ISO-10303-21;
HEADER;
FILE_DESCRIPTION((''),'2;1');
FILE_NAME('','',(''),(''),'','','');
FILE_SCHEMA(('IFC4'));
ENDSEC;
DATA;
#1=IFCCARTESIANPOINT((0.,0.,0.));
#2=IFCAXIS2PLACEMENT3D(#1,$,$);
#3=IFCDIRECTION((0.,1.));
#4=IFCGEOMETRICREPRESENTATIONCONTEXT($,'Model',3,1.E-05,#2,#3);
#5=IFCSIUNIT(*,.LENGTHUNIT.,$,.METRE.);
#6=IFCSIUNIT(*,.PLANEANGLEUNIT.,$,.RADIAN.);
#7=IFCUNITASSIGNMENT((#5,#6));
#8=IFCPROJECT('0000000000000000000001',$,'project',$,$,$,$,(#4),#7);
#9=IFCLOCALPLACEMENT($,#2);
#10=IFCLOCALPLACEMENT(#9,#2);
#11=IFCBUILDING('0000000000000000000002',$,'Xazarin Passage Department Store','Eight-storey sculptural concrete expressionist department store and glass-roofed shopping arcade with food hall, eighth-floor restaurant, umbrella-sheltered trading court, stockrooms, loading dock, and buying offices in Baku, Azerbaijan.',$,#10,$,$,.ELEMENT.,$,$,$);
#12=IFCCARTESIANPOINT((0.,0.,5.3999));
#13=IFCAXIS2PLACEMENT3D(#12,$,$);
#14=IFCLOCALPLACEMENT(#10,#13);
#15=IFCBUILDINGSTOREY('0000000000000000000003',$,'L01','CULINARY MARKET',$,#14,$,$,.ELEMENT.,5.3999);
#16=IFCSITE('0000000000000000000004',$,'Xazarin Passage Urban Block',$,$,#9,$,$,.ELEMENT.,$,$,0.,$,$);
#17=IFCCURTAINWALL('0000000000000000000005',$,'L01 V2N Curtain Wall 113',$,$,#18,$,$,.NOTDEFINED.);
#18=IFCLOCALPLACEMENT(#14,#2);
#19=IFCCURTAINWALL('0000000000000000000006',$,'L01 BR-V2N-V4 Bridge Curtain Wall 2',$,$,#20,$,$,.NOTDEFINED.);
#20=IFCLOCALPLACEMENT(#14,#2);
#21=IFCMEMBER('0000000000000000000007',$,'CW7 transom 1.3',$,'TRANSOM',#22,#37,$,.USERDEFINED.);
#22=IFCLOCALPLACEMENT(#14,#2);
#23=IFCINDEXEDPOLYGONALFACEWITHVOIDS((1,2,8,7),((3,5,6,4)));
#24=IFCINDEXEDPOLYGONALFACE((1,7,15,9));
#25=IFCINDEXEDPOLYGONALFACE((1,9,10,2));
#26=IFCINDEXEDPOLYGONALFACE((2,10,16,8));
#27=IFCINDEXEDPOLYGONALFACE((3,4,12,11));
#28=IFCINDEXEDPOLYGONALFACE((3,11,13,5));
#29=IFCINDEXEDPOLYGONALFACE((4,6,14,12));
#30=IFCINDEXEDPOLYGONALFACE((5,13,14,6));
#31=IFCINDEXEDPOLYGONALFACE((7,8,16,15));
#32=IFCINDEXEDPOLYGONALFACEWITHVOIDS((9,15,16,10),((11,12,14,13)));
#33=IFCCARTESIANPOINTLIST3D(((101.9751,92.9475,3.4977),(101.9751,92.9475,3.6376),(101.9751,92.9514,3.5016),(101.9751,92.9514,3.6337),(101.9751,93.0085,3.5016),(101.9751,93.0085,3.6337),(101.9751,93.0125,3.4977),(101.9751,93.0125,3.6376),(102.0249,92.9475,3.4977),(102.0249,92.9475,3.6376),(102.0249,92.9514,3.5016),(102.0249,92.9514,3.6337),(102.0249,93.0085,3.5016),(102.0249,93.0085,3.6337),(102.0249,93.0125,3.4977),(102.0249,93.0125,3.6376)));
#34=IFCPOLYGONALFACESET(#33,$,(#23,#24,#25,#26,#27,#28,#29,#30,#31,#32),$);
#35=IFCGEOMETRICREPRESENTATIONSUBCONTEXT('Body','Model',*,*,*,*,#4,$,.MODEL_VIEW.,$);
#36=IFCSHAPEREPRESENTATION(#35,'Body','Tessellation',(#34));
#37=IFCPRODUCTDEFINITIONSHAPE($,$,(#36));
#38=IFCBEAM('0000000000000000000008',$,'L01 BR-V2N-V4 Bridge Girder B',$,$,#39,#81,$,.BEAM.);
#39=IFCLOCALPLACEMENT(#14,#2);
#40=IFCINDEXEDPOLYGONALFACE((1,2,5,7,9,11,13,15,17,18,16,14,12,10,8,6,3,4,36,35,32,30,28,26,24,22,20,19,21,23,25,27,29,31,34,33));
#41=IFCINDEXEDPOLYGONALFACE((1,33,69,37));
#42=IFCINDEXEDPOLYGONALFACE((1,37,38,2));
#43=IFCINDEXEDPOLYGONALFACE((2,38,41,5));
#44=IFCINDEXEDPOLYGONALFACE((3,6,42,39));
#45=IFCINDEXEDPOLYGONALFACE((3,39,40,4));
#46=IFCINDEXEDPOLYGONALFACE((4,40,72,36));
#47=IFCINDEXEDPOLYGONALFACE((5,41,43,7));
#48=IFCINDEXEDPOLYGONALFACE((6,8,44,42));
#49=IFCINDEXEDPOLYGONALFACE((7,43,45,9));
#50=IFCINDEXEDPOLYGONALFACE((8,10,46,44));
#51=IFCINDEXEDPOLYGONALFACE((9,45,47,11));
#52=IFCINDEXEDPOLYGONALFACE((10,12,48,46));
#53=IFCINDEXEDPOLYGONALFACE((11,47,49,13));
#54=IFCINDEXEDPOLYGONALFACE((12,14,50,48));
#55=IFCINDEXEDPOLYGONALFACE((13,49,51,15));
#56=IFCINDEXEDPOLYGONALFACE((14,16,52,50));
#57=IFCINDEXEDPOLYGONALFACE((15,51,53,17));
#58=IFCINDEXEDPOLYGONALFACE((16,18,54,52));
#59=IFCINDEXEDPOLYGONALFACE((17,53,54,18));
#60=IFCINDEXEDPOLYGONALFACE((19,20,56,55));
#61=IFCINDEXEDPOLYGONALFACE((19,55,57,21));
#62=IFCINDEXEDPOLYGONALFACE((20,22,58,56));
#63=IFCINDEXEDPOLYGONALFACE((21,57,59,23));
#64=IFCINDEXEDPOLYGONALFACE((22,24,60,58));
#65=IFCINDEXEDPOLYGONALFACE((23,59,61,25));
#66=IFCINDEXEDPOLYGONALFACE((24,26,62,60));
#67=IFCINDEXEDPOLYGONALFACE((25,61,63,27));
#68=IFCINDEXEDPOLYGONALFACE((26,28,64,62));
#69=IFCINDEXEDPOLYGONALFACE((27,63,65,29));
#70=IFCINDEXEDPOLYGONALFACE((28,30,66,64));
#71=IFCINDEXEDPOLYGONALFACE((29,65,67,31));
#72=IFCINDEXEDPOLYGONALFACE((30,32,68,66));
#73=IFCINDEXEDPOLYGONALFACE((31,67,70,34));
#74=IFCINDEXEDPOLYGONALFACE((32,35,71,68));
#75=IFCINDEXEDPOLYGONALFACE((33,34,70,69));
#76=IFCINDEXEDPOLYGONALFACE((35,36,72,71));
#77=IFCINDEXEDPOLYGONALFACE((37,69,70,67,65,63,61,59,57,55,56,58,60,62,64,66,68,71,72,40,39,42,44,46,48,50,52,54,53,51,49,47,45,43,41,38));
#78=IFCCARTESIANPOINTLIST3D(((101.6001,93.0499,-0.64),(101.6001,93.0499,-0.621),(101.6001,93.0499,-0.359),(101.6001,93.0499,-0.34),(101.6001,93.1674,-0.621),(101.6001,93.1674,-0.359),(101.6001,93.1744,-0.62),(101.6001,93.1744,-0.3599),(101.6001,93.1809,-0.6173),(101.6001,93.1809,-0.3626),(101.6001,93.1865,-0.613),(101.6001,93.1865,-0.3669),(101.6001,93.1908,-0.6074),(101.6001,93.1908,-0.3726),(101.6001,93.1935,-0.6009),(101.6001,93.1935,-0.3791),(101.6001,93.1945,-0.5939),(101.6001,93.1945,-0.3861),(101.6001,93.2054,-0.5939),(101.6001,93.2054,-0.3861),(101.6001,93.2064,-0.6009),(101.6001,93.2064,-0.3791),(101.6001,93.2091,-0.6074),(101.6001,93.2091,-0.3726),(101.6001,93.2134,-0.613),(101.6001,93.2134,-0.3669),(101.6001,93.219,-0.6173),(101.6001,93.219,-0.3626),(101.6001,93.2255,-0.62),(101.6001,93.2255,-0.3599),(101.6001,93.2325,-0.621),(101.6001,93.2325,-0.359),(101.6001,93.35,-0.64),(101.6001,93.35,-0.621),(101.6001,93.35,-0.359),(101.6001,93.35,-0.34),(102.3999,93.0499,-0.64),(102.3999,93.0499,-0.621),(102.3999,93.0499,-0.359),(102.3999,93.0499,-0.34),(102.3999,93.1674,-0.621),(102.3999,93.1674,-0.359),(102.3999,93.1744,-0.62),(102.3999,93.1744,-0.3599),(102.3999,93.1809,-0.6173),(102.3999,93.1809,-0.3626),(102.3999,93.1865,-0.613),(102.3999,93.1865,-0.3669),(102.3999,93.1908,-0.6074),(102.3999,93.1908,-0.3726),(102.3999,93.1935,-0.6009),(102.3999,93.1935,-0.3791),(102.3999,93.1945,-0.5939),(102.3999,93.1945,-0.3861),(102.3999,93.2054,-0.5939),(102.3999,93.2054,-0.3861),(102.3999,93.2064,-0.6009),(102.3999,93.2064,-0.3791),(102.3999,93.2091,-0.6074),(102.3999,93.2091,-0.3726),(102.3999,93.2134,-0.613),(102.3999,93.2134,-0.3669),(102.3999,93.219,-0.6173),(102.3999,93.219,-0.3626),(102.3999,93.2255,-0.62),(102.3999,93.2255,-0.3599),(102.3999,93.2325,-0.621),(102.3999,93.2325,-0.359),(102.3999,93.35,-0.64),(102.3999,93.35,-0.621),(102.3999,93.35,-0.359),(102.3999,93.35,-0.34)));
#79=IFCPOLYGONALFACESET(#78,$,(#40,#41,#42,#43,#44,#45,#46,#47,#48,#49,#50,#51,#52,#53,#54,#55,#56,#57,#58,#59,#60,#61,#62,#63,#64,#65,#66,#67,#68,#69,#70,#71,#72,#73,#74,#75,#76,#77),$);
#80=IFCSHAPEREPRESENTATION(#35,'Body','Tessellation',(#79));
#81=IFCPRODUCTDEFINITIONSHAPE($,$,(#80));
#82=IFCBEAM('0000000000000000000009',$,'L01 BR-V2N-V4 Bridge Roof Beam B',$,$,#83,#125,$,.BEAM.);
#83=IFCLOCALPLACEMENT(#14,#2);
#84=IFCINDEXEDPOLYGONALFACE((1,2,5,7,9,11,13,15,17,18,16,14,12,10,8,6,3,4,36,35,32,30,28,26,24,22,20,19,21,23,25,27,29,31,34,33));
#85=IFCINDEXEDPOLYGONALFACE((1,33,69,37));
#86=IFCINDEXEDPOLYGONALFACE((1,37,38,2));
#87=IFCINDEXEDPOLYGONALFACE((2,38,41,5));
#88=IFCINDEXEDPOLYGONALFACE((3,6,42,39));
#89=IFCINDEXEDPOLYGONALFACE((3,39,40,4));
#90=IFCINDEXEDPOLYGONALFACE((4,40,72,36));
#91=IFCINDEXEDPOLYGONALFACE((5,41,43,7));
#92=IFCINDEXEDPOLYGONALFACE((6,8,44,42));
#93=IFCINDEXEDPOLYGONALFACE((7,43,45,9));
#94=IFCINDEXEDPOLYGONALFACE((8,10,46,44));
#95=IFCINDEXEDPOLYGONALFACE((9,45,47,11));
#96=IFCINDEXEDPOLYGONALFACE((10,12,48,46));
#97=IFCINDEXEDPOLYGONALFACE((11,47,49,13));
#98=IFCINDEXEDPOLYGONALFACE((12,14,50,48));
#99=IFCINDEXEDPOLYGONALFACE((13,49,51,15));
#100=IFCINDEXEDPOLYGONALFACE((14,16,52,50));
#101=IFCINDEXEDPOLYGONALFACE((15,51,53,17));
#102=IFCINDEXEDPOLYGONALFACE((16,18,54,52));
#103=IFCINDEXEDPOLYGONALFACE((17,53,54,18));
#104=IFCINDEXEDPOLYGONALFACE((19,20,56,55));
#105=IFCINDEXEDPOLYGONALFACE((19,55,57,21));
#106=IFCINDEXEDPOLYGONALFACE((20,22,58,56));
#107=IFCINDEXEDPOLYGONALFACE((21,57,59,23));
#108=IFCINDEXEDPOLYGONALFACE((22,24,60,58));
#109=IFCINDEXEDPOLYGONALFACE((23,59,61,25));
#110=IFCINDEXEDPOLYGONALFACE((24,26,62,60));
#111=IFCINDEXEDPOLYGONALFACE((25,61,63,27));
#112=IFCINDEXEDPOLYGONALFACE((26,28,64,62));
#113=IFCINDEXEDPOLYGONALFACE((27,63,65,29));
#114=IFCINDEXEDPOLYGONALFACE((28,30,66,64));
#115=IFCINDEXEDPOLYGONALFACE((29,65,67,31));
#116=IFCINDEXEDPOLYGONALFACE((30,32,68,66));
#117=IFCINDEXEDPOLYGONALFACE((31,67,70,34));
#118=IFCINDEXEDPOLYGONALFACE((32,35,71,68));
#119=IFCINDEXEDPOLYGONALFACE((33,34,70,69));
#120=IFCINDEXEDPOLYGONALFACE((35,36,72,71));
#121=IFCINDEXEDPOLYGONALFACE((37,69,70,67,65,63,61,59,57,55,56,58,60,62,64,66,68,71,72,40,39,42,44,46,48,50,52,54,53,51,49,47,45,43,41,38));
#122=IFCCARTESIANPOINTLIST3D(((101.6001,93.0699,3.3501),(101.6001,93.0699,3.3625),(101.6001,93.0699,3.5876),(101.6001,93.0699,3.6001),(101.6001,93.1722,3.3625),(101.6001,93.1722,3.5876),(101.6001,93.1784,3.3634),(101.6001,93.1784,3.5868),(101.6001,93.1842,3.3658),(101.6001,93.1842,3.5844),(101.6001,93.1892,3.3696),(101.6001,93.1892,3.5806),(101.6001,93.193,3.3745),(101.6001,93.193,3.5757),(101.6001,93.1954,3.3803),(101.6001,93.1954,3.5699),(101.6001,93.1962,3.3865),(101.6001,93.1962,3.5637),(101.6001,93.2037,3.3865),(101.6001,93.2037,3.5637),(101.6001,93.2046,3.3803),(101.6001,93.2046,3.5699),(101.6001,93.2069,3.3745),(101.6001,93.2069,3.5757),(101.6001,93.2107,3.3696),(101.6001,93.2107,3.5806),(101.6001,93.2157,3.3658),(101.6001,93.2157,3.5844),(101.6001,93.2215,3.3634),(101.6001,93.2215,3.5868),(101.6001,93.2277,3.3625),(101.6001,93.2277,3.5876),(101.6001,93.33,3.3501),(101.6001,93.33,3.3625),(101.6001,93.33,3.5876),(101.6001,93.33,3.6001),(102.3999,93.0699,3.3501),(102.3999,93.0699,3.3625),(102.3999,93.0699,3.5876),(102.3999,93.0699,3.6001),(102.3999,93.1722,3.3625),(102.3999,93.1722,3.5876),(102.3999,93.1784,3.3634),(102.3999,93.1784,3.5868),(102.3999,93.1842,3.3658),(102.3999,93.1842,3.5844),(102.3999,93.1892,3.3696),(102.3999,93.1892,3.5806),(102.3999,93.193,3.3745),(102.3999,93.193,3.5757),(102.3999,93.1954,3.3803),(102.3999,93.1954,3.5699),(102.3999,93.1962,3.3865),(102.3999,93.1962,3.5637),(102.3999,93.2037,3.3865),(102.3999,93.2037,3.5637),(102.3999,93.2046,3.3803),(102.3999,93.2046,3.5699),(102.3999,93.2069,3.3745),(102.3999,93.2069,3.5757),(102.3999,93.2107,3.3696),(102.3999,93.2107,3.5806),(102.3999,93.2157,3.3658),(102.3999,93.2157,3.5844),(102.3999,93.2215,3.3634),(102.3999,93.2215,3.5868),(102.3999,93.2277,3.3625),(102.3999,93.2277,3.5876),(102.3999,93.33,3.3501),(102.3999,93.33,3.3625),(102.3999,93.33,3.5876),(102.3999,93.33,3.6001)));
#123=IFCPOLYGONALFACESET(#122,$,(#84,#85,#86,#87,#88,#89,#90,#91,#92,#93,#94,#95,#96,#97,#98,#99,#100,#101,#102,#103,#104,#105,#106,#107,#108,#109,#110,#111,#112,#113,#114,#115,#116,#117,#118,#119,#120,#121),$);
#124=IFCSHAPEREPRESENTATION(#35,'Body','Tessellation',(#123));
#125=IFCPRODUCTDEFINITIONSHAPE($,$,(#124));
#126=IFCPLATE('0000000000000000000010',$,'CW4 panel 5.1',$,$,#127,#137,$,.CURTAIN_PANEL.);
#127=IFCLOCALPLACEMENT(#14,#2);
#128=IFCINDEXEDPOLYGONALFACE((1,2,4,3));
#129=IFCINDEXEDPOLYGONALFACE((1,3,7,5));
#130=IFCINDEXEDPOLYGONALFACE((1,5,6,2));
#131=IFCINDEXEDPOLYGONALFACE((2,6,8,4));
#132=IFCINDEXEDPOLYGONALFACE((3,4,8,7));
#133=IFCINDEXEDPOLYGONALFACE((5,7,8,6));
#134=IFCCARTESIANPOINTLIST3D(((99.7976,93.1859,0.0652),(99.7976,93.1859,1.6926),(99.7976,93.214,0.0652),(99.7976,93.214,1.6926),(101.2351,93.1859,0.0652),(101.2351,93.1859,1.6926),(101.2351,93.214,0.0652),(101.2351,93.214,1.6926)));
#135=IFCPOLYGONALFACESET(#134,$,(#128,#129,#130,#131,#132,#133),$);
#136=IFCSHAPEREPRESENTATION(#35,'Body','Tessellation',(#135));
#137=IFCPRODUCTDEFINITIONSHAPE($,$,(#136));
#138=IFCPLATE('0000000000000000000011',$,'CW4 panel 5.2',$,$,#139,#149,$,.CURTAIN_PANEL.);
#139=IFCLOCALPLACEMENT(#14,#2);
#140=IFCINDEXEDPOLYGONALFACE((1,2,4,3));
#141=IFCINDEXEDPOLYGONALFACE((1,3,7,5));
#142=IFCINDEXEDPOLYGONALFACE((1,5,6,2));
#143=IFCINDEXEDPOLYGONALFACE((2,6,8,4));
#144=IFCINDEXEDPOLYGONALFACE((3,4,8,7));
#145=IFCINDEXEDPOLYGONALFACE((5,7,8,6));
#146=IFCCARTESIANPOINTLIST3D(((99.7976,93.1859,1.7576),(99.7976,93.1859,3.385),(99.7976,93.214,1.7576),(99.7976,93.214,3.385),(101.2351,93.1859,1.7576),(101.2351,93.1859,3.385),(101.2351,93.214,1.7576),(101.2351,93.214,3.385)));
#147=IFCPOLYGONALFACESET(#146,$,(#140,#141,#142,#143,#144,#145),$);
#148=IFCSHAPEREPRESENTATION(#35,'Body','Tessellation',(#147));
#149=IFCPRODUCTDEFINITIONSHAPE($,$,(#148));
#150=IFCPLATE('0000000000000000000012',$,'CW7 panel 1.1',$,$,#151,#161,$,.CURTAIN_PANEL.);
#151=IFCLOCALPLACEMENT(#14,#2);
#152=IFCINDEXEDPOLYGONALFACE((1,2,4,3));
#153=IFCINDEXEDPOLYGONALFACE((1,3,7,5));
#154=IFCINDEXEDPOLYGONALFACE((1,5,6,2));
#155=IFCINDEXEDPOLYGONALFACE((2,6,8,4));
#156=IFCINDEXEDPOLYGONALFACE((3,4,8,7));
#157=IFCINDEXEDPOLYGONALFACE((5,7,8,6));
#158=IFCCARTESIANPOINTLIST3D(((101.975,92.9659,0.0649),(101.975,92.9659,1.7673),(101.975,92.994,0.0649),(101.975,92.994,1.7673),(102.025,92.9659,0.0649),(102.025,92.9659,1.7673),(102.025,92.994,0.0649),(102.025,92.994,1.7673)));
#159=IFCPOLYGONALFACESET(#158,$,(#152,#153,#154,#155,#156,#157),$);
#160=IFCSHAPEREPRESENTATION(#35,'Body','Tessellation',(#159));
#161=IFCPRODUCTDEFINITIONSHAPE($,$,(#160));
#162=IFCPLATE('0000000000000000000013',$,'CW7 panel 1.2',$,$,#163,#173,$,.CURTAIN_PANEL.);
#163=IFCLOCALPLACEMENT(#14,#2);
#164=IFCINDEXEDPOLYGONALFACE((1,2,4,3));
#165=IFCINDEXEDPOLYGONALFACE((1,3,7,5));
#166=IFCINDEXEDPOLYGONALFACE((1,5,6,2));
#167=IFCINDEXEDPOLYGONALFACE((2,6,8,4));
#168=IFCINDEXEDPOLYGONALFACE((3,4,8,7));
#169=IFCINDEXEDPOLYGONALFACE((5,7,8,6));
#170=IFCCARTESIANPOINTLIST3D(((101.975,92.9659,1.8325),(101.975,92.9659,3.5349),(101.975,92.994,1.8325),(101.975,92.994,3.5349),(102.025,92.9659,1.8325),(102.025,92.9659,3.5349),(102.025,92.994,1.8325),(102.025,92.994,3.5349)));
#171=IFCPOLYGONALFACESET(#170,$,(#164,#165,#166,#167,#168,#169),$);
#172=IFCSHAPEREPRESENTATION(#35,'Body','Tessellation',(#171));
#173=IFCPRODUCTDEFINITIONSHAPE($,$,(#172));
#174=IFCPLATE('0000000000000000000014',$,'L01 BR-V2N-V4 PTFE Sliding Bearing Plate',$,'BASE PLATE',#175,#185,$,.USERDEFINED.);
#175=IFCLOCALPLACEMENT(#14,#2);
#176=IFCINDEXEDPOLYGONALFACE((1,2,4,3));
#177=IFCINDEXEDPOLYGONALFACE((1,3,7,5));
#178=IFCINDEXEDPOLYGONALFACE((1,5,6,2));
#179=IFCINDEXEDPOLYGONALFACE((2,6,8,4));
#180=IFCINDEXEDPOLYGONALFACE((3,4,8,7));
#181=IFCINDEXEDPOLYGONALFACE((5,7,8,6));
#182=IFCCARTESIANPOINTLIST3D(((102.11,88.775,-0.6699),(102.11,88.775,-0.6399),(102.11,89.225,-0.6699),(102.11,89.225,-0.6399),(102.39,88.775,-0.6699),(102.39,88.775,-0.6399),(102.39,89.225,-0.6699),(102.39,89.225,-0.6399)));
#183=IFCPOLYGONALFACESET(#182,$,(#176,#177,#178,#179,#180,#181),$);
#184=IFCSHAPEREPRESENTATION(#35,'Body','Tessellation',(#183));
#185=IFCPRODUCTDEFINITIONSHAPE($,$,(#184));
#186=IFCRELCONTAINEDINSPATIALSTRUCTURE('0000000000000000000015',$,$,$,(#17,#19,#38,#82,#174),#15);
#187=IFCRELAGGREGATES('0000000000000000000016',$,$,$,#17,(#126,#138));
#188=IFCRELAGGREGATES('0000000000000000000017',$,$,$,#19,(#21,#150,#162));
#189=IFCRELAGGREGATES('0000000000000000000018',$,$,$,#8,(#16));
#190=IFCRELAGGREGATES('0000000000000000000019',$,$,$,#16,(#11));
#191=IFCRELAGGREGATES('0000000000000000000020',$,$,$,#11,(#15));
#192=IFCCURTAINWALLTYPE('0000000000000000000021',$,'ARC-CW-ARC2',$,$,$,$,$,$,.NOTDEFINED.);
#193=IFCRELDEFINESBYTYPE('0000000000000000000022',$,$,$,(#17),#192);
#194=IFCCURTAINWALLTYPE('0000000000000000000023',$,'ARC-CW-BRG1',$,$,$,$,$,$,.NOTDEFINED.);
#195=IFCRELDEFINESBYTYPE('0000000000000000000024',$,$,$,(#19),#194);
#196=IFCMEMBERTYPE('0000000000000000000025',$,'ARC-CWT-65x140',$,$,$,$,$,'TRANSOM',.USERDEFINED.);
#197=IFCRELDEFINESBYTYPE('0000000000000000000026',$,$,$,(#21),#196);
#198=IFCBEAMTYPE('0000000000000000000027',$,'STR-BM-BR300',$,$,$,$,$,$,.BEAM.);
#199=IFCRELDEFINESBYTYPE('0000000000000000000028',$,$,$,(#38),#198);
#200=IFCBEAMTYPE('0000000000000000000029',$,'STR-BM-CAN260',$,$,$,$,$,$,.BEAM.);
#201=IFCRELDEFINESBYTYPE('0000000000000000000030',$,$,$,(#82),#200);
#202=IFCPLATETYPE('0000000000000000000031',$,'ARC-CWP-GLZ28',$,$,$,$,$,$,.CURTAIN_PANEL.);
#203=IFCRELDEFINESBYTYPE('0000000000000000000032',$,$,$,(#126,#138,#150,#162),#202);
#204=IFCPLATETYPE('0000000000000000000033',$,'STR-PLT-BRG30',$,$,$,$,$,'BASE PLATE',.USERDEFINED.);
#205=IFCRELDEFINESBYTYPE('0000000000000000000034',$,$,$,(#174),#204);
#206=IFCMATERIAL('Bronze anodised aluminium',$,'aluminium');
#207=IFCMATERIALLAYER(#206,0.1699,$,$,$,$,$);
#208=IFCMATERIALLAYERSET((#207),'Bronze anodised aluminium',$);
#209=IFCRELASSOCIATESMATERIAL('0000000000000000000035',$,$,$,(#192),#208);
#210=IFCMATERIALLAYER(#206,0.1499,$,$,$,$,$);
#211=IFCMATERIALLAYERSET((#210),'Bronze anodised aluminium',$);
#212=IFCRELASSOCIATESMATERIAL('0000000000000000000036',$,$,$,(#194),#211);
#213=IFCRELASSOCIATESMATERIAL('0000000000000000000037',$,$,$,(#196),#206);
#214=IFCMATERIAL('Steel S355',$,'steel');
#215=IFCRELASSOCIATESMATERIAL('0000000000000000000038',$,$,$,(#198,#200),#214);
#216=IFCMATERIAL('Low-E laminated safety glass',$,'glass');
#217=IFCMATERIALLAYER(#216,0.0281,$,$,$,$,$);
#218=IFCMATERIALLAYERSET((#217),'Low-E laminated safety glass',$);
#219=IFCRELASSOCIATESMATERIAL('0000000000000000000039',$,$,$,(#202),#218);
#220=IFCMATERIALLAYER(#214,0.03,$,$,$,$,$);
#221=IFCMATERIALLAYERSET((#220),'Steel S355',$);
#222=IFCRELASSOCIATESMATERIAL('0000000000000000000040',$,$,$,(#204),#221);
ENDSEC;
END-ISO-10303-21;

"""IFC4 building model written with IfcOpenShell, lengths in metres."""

from ifc_helpers import new_model, si_unit, direction, frame, origin, origin_2d, place, context, subcontext, project, spatial, rectangle, hollow_rectangle, i_section, extrude, material, layer, layer_set, material_profile, profile_set, type_object, element, aggregate, save


model = new_model("IFC4")

# Units and contexts
model_context = context("Model", 3, precision=1e-05, world=origin(), true_north=direction((0.0, 1.0)))
body_context = subcontext(model_context, "Body", "Model", "MODEL_VIEW")
ifc_project = project(units=[si_unit("LENGTHUNIT", "METRE"), si_unit("PLANEANGLEUNIT", "RADIAN")], contexts=[model_context])

# Site, building, storey
site_placement = place(None, origin())
site = spatial("IfcSite", under=ifc_project, at=site_placement, Name="Xazarin Passage Urban Block", CompositionType="ELEMENT", RefElevation=0.0)
building_placement = place(site_placement, origin())
building = spatial("IfcBuilding", under=site, at=building_placement, Name="Xazarin Passage Department Store", Description="Eight-storey sculptural concrete expressionist department store and glass-roofed shopping arcade with food hall, eighth-floor restaurant, umbrella-sheltered trading court, stockrooms, loading dock, and buying offices in Baku, Azerbaijan.", CompositionType="ELEMENT")
storey_placement = place(building_placement, frame((0.0, 0.0, 5.3999)))
storey = spatial("IfcBuildingStorey", under=building, at=storey_placement, Name="L01", Description="CULINARY MARKET", CompositionType="ELEMENT", Elevation=5.3999)

# Curtain walls
ifc_material_1 = material(Name="Bronze anodised aluminium", Category="aluminium")
ifc_layer_1 = layer(ifc_material_1, 0.1699)
ifc_layer_set_1 = layer_set([ifc_layer_1], Name="Bronze anodised aluminium")
curtain_wall_type_1 = type_object("IfcCurtainWallType", Name="ARC-CW-ARC2", PredefinedType="NOTDEFINED", material=ifc_layer_set_1)
curtain_wall_1_placement = place(storey_placement, origin())
curtain_wall_1 = element("IfcCurtainWall", 1, at=curtain_wall_1_placement, inside=storey, type_object=curtain_wall_type_1, Name="L01 V2N Curtain Wall 113", PredefinedType="NOTDEFINED")
ifc_layer_2 = layer(ifc_material_1, 0.1499)
ifc_layer_set_2 = layer_set([ifc_layer_2], Name="Bronze anodised aluminium")
curtain_wall_type_2 = type_object("IfcCurtainWallType", Name="ARC-CW-BRG1", PredefinedType="NOTDEFINED", material=ifc_layer_set_2)
curtain_wall_2_placement = place(storey_placement, origin())
curtain_wall_2 = element("IfcCurtainWall", 2, at=curtain_wall_2_placement, inside=storey, type_object=curtain_wall_type_2, Name="L01 BR-V2N-V4 Bridge Curtain Wall 2", PredefinedType="NOTDEFINED")

# Member
ifc_material_profile_1 = material_profile(ifc_material_1, hollow_rectangle(XDim=0.0649, YDim=0.1399, WallThickness=0.0039, at=origin_2d()), Name="ALU 65x140")
ifc_profile_set_1 = profile_set([ifc_material_profile_1], Name="Bronze anodised aluminium")
member_type_1 = type_object("IfcMemberType", Name="ARC-CWT-65x140", ElementType="TRANSOM", PredefinedType="USERDEFINED", material=ifc_profile_set_1)
member_1_placement = place(storey_placement, frame((101.9751, 92.98, 3.5676), z_axis=(1.0, 0.0, 0.0), x_axis=(0.0, 1.0, 0.0)))
member_1 = element("IfcMember", 3, at=member_1_placement, type_object=member_type_1, Name="CW7 transom 1.3", ObjectType="TRANSOM", PredefinedType="USERDEFINED", context=body_context, shape_type="SweptSolid", body=[
    extrude(hollow_rectangle(XDim=0.0649, YDim=0.1399, WallThickness=0.0039, at=origin_2d()), origin(), (0.0, 0.0, 1.0), 0.0498),
])

# Beams
ifc_material_2 = material(Name="Steel S355", Category="steel")
ifc_material_profile_2 = material_profile(ifc_material_2, i_section(OverallWidth=0.3, OverallDepth=0.3, WebThickness=0.011, FlangeThickness=0.019, FilletRadius=0.0271, at=origin_2d()), Name="HEB 300")
ifc_profile_set_2 = profile_set([ifc_material_profile_2], Name="Steel S355")
beam_type_1 = type_object("IfcBeamType", Name="STR-BM-BR300", PredefinedType="BEAM", material=ifc_profile_set_2)
beam_1_placement = place(storey_placement, frame((101.6001, 93.2, -0.49), z_axis=(1.0, 0.0, 0.0), x_axis=(0.0, 1.0, 0.0)))
element("IfcBeam", 4, at=beam_1_placement, inside=storey, type_object=beam_type_1, Name="L01 BR-V2N-V4 Bridge Girder B", PredefinedType="BEAM", context=body_context, shape_type="SweptSolid", body=[
    extrude(i_section(OverallWidth=0.3, OverallDepth=0.3, WebThickness=0.011, FlangeThickness=0.019, FilletRadius=0.0271, at=origin_2d()), origin(), (0.0, 0.0, 1.0), 0.7998),
])
ifc_material_profile_3 = material_profile(ifc_material_2, i_section(OverallWidth=0.26, OverallDepth=0.25, WebThickness=0.0076, FlangeThickness=0.0125, FilletRadius=0.0239, at=origin_2d()), Name="HEA 260")
ifc_profile_set_3 = profile_set([ifc_material_profile_3], Name="Steel S355")
beam_type_2 = type_object("IfcBeamType", Name="STR-BM-CAN260", PredefinedType="BEAM", material=ifc_profile_set_3)
beam_2_placement = place(storey_placement, frame((101.6001, 93.2, 3.4751), z_axis=(1.0, 0.0, 0.0), x_axis=(0.0, 1.0, 0.0)))
element("IfcBeam", 5, at=beam_2_placement, inside=storey, type_object=beam_type_2, Name="L01 BR-V2N-V4 Bridge Roof Beam B", PredefinedType="BEAM", context=body_context, shape_type="SweptSolid", body=[
    extrude(i_section(OverallWidth=0.26, OverallDepth=0.25, WebThickness=0.0076, FlangeThickness=0.0125, FilletRadius=0.0239, at=origin_2d()), origin(), (0.0, 0.0, 1.0), 0.7998),
])

# Plates
ifc_material_3 = material(Name="Low-E laminated safety glass", Category="glass")
ifc_layer_3 = layer(ifc_material_3, 0.0281)
ifc_layer_set_3 = layer_set([ifc_layer_3], Name="Low-E laminated safety glass")
plate_type_1 = type_object("IfcPlateType", Name="ARC-CWP-GLZ28", PredefinedType="CURTAIN_PANEL", material=ifc_layer_set_3)
plate_1_placement = place(storey_placement, frame((100.5164, 93.2, 0.0652), z_axis=(0.0, 0.0, 1.0), x_axis=(1.0, 0.0, 0.0)))
plate_1 = element("IfcPlate", 6, at=plate_1_placement, type_object=plate_type_1, Name="CW4 panel 5.1", PredefinedType="CURTAIN_PANEL", context=body_context, shape_type="SweptSolid", body=[
    extrude(rectangle(XDim=1.4375, YDim=0.0281, at=origin_2d()), origin(), (0.0, 0.0, 1.0), 1.6274),
])
plate_2_placement = place(storey_placement, frame((100.5164, 93.2, 1.7576), z_axis=(0.0, 0.0, 1.0), x_axis=(1.0, 0.0, 0.0)))
plate_2 = element("IfcPlate", 7, at=plate_2_placement, type_object=plate_type_1, Name="CW4 panel 5.2", PredefinedType="CURTAIN_PANEL", context=body_context, shape_type="SweptSolid", body=[
    extrude(rectangle(XDim=1.4375, YDim=0.0281, at=origin_2d()), origin(), (0.0, 0.0, 1.0), 1.6274),
])
aggregate(curtain_wall_1, [plate_1, plate_2])
plate_3_placement = place(storey_placement, frame((102.0, 92.98, 0.0649), z_axis=(0.0, 0.0, 1.0), x_axis=(1.0, 0.0, 0.0)))
plate_3 = element("IfcPlate", 8, at=plate_3_placement, type_object=plate_type_1, Name="CW7 panel 1.1", PredefinedType="CURTAIN_PANEL", context=body_context, shape_type="SweptSolid", body=[
    extrude(rectangle(XDim=0.05, YDim=0.0281, at=origin_2d()), origin(), (0.0, 0.0, 1.0), 1.7024),
])
plate_4_placement = place(storey_placement, frame((102.0, 92.98, 1.8325), z_axis=(0.0, 0.0, 1.0), x_axis=(1.0, 0.0, 0.0)))
plate_4 = element("IfcPlate", 9, at=plate_4_placement, type_object=plate_type_1, Name="CW7 panel 1.2", PredefinedType="CURTAIN_PANEL", context=body_context, shape_type="SweptSolid", body=[
    extrude(rectangle(XDim=0.05, YDim=0.0281, at=origin_2d()), origin(), (0.0, 0.0, 1.0), 1.7024),
])
aggregate(curtain_wall_2, [member_1, plate_3, plate_4])

# Plate
ifc_layer_4 = layer(ifc_material_2, 0.03)
ifc_layer_set_4 = layer_set([ifc_layer_4], Name="Steel S355")
plate_type_2 = type_object("IfcPlateType", Name="STR-PLT-BRG30", ElementType="BASE PLATE", PredefinedType="USERDEFINED", material=ifc_layer_set_4)
plate_5_placement = place(storey_placement, frame((102.25, 89.0, -0.6699), z_axis=(0.0, 0.0, 1.0), x_axis=(1.0, 0.0, 0.0)))
element("IfcPlate", 10, at=plate_5_placement, inside=storey, type_object=plate_type_2, Name="L01 BR-V2N-V4 PTFE Sliding Bearing Plate", ObjectType="BASE PLATE", PredefinedType="USERDEFINED", context=body_context, shape_type="SweptSolid", body=[
    extrude(rectangle(XDim=0.28, YDim=0.45, at=origin_2d()), origin(), (0.0, 0.0, 1.0), 0.03),
])

save(model, "model.ifc")
